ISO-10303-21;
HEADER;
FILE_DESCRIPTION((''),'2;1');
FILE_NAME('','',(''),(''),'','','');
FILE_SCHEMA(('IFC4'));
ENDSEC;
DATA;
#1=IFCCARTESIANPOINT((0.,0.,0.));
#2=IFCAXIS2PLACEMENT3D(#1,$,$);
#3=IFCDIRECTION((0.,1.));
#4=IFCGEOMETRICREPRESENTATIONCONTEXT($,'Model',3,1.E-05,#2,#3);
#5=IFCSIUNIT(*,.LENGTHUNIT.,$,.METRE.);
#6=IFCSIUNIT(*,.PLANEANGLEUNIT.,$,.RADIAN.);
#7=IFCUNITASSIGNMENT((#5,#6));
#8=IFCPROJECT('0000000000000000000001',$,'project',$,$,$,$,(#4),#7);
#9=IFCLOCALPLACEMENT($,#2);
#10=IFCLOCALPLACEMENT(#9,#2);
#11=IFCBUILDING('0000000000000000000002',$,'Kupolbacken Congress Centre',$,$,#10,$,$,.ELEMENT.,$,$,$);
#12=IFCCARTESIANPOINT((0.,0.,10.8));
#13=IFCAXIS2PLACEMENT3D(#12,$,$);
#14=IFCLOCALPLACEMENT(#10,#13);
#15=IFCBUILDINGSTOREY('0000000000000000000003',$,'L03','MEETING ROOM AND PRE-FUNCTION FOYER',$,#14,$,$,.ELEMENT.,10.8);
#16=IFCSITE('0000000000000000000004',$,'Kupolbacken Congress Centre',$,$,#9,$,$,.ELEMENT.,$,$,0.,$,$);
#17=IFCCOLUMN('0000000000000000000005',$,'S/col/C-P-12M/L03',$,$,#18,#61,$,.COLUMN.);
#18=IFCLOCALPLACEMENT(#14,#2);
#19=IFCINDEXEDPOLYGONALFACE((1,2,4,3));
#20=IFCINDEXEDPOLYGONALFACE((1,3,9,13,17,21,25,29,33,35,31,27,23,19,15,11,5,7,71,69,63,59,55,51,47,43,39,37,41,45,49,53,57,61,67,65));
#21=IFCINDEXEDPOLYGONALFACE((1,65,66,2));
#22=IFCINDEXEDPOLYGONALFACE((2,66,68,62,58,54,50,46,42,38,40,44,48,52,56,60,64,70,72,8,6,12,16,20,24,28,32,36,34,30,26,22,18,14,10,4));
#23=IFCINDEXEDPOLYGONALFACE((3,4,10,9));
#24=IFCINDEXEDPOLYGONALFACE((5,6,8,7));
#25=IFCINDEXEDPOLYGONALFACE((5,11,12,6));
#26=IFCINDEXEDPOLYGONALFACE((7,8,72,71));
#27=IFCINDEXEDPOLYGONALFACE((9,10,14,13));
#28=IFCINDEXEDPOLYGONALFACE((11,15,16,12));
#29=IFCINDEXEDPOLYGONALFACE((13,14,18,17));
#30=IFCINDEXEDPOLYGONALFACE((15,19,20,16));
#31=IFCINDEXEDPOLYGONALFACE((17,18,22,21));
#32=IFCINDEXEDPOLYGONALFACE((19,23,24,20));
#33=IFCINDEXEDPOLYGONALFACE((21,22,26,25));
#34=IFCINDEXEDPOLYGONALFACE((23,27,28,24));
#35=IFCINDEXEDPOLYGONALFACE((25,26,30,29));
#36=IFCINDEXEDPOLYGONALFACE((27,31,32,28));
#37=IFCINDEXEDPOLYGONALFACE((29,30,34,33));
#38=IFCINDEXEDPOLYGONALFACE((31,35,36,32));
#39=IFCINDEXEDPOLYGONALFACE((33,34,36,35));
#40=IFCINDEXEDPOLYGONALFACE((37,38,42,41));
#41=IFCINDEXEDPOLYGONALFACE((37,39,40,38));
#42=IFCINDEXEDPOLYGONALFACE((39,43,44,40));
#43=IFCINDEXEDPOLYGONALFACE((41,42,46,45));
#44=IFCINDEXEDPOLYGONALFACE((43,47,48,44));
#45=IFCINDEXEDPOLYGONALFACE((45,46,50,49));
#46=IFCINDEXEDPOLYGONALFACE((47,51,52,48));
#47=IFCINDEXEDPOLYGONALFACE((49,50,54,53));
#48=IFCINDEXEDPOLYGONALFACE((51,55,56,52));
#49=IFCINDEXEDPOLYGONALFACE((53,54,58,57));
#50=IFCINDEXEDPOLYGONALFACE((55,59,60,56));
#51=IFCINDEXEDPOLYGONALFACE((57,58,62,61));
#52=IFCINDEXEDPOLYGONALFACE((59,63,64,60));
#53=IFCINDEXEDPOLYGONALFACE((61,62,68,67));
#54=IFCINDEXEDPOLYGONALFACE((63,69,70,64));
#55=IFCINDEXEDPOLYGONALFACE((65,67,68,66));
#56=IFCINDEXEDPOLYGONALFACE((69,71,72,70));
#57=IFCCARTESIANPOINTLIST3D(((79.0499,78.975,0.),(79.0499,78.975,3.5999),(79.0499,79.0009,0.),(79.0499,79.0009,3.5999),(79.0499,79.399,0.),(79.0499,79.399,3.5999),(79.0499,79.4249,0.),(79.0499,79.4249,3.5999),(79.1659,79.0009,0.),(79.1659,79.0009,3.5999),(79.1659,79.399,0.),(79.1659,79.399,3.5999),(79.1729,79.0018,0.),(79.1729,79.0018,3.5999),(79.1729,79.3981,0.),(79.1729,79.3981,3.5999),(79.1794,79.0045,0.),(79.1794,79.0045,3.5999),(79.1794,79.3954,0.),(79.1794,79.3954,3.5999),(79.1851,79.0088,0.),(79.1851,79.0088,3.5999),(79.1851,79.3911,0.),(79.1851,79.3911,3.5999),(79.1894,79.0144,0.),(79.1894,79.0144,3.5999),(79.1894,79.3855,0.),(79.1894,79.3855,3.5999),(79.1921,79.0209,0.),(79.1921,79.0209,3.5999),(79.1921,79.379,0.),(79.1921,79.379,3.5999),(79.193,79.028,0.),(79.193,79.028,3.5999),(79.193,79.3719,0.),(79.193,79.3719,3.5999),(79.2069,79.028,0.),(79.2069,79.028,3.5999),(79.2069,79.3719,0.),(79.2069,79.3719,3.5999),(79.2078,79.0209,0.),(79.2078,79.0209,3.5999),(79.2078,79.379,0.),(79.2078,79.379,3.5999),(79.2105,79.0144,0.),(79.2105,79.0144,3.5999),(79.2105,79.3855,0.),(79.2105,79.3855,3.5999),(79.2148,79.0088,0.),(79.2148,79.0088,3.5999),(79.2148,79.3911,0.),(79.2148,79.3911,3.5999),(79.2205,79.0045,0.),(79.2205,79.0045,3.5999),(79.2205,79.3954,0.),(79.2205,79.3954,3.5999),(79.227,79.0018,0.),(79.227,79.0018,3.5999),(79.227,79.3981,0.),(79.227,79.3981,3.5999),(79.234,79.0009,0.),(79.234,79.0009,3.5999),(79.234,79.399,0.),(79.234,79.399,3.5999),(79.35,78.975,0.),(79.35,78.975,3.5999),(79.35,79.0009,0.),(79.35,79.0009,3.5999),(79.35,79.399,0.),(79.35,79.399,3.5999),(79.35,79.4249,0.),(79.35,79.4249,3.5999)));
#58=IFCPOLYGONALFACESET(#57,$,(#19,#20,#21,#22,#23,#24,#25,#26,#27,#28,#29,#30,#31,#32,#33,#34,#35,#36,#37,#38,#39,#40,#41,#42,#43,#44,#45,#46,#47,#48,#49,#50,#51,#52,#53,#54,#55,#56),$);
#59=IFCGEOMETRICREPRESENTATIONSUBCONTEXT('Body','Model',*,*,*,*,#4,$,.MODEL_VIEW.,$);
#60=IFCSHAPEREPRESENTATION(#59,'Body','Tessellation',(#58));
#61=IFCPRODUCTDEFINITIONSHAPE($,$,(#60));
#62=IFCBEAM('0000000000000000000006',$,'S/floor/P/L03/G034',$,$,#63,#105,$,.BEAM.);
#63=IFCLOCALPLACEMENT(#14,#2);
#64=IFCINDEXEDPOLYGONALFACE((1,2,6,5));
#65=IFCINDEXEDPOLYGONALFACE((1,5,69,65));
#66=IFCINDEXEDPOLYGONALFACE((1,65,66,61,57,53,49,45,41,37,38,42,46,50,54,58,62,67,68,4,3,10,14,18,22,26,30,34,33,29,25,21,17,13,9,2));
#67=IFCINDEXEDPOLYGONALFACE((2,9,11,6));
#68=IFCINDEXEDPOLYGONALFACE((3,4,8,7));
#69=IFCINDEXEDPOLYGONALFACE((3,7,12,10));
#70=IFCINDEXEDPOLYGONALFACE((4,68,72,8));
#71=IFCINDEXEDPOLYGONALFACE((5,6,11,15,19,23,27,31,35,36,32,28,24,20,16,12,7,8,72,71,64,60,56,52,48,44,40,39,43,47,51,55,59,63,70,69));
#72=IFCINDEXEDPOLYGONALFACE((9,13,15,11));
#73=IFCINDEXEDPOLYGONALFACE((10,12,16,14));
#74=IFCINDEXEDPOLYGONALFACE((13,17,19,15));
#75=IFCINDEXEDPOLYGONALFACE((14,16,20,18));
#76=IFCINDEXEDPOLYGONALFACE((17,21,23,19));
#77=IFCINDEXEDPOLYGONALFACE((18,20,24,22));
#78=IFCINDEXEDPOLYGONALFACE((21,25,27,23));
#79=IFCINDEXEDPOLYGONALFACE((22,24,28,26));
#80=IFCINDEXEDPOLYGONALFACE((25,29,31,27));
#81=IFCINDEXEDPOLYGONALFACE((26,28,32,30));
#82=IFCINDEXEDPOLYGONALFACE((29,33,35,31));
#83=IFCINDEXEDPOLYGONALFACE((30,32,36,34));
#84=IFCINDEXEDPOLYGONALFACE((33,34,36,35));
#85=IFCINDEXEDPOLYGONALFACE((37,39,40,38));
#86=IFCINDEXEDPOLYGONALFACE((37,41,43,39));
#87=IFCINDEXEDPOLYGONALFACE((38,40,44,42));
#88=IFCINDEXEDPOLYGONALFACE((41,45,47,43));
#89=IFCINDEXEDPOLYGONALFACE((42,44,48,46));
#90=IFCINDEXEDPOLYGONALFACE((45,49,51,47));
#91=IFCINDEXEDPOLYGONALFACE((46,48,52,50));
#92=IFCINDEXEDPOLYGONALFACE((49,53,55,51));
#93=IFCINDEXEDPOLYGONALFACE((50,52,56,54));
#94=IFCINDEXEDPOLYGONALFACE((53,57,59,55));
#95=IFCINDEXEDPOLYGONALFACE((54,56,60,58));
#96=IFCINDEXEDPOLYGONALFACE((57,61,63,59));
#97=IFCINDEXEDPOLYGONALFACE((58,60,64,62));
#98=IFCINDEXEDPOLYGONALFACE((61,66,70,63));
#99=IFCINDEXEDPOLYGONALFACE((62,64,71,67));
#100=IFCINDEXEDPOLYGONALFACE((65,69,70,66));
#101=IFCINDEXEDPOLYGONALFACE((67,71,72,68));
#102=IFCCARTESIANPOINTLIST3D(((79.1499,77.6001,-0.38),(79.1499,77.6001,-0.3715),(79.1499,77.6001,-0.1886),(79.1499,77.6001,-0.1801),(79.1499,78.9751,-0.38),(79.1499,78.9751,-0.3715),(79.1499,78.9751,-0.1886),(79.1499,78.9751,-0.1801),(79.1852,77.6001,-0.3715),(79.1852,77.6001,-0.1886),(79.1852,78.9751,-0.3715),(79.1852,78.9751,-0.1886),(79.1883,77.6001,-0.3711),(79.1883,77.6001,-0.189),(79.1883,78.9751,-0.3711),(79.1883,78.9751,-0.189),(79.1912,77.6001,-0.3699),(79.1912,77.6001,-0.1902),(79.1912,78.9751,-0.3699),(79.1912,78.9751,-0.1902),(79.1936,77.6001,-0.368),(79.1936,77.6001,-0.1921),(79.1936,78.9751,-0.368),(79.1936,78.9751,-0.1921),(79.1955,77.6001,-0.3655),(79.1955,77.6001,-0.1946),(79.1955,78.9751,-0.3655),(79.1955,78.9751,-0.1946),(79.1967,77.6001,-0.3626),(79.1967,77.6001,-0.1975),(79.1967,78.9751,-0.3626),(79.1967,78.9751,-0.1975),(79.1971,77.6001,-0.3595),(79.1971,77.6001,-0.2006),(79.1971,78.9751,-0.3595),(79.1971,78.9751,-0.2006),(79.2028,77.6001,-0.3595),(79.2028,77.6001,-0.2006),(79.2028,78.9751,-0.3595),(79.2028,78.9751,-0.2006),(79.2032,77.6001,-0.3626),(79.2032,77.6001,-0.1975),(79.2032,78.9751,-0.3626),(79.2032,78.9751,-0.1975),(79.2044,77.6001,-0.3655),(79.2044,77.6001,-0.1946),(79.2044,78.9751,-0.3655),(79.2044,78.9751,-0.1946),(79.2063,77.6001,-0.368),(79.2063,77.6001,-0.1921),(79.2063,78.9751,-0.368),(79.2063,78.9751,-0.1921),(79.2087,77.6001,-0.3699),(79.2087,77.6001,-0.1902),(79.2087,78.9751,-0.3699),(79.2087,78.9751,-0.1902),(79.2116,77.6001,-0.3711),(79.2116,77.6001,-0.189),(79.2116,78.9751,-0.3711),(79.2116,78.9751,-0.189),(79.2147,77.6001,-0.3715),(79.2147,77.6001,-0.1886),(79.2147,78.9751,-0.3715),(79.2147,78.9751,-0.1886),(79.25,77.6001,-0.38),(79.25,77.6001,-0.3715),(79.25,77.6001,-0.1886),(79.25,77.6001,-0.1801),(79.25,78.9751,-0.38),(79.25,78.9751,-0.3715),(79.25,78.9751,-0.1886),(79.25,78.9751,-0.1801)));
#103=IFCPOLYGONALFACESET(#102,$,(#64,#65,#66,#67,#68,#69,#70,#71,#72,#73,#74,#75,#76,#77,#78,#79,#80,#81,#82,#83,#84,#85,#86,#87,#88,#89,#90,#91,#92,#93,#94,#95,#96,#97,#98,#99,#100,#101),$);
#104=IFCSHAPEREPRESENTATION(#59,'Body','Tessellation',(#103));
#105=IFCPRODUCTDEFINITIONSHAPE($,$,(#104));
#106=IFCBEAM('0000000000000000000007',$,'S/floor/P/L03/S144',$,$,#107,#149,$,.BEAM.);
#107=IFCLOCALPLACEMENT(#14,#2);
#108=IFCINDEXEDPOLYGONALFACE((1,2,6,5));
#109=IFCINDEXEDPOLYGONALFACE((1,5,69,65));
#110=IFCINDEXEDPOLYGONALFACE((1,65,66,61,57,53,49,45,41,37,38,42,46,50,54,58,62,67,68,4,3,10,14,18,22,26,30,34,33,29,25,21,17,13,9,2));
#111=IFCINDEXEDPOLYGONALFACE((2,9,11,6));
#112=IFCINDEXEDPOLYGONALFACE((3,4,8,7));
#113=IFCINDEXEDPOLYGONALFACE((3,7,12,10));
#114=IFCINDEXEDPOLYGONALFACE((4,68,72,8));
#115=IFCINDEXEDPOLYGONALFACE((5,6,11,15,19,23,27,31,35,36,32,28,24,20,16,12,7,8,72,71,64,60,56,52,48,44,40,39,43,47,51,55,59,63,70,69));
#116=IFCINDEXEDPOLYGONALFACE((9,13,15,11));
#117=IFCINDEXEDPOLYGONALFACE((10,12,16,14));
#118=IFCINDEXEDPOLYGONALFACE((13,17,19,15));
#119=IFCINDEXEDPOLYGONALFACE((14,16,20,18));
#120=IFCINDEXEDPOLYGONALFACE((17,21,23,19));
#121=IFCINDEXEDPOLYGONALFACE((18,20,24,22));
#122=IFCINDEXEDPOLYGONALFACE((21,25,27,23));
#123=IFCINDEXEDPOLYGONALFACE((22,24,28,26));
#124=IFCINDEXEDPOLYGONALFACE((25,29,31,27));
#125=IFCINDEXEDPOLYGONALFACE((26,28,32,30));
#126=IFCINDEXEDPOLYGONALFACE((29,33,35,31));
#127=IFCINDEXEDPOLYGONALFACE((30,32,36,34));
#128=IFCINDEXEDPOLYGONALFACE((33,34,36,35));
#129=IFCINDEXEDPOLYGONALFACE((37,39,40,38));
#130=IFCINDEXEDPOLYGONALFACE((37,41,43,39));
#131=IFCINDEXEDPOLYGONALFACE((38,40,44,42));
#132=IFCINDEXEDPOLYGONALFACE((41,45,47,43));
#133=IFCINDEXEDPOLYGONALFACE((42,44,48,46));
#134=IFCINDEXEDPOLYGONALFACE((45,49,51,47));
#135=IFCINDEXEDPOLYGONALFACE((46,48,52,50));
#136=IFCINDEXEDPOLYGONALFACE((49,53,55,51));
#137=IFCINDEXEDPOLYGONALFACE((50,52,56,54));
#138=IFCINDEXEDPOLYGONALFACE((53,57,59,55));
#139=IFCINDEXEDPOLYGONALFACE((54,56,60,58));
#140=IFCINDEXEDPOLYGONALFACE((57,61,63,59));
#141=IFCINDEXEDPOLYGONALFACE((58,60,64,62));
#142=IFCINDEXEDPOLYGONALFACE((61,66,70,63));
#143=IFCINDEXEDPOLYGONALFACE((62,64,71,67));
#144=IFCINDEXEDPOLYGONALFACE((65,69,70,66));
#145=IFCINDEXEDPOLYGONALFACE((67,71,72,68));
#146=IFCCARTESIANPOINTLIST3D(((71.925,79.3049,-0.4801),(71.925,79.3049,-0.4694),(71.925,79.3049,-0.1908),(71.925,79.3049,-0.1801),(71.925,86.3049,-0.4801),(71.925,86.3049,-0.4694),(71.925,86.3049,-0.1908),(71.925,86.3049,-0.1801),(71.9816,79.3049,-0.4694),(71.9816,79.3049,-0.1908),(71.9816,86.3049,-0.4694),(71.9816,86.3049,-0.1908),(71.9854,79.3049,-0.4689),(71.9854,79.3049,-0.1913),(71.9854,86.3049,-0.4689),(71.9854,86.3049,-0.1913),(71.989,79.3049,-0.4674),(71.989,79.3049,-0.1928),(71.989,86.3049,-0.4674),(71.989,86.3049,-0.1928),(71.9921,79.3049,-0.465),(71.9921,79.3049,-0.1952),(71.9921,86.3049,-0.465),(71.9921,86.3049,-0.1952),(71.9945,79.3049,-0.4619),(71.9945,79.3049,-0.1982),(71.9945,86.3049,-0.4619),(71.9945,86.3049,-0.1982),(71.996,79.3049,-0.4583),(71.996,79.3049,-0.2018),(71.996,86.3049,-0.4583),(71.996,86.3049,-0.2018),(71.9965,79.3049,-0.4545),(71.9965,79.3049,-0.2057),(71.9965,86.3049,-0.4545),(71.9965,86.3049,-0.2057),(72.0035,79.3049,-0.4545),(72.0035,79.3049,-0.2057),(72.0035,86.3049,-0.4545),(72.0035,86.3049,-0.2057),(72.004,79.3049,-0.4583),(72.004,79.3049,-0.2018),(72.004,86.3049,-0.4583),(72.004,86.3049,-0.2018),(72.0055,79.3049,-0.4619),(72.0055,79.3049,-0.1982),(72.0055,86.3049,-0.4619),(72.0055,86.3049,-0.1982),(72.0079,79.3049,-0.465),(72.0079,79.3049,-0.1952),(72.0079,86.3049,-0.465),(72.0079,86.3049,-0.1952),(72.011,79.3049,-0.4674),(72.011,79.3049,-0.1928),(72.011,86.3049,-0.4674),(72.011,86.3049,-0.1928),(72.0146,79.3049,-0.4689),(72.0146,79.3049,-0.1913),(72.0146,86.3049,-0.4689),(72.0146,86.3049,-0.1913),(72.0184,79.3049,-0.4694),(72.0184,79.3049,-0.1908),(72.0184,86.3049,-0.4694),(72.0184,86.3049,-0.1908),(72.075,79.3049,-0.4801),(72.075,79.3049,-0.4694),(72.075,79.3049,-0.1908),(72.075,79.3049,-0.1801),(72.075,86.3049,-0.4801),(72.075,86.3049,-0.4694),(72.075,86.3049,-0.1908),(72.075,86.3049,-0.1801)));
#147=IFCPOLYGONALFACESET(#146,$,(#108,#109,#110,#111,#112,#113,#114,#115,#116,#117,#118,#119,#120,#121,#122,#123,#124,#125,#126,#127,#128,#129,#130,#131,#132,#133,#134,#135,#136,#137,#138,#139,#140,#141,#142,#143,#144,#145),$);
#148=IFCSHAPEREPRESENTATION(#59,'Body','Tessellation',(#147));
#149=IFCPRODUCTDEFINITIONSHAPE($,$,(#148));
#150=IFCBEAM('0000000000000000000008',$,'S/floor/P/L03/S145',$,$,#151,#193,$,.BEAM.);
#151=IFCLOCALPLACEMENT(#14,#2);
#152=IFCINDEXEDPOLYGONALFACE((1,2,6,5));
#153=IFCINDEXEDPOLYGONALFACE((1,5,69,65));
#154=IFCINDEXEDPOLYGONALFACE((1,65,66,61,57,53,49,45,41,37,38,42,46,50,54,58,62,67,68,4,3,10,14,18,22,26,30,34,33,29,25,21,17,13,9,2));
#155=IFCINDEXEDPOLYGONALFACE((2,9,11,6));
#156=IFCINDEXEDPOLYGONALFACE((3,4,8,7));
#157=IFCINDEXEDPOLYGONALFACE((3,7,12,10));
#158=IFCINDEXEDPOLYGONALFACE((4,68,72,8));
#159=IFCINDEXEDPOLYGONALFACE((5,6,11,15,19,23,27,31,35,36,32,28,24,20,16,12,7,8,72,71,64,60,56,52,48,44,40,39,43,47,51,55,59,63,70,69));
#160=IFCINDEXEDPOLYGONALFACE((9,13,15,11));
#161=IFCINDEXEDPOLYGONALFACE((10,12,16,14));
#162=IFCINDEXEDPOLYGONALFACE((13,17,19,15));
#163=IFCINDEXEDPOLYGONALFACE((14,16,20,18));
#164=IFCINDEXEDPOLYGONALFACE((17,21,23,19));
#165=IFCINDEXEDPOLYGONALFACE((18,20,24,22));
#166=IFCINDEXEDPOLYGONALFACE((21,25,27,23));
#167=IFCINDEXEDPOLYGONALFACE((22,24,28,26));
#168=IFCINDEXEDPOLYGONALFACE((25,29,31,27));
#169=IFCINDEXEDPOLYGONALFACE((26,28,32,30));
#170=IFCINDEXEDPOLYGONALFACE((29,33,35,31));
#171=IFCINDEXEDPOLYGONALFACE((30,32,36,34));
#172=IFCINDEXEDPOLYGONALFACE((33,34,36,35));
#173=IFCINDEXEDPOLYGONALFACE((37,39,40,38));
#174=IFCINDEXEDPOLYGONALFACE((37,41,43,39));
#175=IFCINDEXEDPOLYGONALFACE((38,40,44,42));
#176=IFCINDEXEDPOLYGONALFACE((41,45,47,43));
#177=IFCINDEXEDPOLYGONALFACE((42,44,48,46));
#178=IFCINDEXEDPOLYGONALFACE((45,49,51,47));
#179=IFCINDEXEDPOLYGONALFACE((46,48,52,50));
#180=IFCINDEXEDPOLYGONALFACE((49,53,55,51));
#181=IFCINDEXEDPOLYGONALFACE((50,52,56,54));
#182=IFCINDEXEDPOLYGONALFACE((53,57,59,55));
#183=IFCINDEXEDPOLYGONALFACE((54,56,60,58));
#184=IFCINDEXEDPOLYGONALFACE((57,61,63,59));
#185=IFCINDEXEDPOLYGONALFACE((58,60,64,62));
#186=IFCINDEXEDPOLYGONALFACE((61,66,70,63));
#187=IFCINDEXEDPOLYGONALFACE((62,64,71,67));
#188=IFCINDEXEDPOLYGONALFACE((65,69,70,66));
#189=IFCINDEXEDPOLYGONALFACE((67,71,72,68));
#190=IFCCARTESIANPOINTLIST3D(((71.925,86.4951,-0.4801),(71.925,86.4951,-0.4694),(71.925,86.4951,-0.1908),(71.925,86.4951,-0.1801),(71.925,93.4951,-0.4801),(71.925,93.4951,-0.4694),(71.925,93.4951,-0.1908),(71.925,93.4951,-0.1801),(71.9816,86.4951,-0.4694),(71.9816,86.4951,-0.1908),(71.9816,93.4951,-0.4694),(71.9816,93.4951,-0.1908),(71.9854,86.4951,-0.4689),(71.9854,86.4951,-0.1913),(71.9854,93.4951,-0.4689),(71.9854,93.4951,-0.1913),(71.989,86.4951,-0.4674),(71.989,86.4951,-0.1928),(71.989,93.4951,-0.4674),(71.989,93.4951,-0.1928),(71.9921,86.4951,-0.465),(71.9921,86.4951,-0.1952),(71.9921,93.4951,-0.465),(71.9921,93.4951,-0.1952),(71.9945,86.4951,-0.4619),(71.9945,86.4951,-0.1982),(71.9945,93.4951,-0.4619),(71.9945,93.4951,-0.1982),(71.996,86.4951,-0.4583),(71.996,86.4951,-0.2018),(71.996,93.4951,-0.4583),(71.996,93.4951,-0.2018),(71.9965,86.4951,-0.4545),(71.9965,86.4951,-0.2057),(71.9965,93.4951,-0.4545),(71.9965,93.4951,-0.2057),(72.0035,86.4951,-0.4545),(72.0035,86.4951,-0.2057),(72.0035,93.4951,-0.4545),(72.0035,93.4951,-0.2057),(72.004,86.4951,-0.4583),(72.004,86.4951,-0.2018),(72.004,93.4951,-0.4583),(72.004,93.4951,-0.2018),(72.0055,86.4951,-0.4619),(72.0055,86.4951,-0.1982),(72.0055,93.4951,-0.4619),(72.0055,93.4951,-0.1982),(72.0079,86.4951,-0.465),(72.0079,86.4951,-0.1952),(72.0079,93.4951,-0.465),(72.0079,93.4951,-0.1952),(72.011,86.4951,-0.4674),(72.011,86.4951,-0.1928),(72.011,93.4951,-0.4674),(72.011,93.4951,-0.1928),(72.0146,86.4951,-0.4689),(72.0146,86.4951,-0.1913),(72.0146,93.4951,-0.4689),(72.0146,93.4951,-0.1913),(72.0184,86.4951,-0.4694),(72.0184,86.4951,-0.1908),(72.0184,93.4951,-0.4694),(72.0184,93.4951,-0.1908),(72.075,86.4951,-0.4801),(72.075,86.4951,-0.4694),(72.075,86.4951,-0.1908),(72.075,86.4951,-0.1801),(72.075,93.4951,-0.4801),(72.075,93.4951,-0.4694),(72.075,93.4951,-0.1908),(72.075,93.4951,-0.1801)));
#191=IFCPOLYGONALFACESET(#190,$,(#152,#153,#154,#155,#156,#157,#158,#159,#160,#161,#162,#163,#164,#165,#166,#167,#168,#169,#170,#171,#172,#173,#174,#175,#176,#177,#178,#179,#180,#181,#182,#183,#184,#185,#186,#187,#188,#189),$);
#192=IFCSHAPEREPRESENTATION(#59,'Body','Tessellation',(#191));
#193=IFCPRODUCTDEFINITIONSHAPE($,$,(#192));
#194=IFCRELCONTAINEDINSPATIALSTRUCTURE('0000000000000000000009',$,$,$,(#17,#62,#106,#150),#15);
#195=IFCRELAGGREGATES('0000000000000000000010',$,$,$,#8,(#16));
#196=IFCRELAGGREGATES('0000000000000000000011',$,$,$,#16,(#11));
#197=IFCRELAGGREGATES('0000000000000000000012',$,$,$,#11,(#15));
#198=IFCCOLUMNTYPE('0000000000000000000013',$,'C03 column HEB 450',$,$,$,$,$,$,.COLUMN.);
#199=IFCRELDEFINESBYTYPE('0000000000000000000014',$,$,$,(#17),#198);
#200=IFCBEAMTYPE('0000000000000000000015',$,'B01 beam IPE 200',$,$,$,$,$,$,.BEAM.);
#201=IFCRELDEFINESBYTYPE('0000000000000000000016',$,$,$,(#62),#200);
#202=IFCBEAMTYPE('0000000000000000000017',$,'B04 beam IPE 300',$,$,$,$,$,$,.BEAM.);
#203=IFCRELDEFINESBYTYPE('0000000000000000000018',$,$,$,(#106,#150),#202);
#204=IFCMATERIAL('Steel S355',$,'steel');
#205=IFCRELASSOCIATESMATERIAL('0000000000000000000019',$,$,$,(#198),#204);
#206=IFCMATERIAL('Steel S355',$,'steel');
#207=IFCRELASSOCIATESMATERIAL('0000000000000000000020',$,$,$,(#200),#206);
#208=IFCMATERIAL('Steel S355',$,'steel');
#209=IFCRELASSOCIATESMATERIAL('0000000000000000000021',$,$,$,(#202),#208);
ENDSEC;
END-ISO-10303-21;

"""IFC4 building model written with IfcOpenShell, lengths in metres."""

from ifc_helpers import new_model, si_unit, direction, frame, origin, origin_2d, place, context, subcontext, project, spatial, i_section, extrude, material, material_profile, profile_set, type_object, element, save


model = new_model("IFC4")

# Units and contexts
model_context = context("Model", 3, precision=1e-05, world=origin(), true_north=direction((0.0, 1.0)))
body_context = subcontext(model_context, "Body", "Model", "MODEL_VIEW")
ifc_project = project(units=[si_unit("LENGTHUNIT", "METRE"), si_unit("PLANEANGLEUNIT", "RADIAN")], contexts=[model_context])

# Site, building, storey
site_placement = place(None, origin())
site = spatial("IfcSite", under=ifc_project, at=site_placement, Name="Kupolbacken Congress Centre", CompositionType="ELEMENT", RefElevation=0.0)
building_placement = place(site_placement, origin())
building = spatial("IfcBuilding", under=site, at=building_placement, Name="Kupolbacken Congress Centre", CompositionType="ELEMENT")
storey_placement = place(building_placement, frame((0.0, 0.0, 10.8)))
storey = spatial("IfcBuildingStorey", under=building, at=storey_placement, Name="L03", Description="MEETING ROOM AND PRE-FUNCTION FOYER", CompositionType="ELEMENT", Elevation=10.8)

# Column
ifc_material_1 = material(Name="Steel S355", Category="steel")
ifc_material_profile_1 = material_profile(ifc_material_1, i_section(OverallWidth=0.3, OverallDepth=0.45, WebThickness=0.0139, FlangeThickness=0.0259, FilletRadius=0.0271, at=origin_2d()), Name="HEB 450")
ifc_profile_set_1 = profile_set([ifc_material_profile_1], Name="Steel S355")
column_type = type_object("IfcColumnType", Name="C03 column HEB 450", PredefinedType="COLUMN", material=ifc_profile_set_1)
column_placement = place(storey_placement, frame((79.2, 79.2, 0.0), z_axis=(0.0, 0.0, 1.0), x_axis=(1.0, 0.0, 0.0)))
element("IfcColumn", 1, at=column_placement, inside=storey, type_object=column_type, Name="S/col/C-P-12M/L03", PredefinedType="COLUMN", context=body_context, shape_type="SweptSolid", body=[
    extrude(i_section(OverallWidth=0.3, OverallDepth=0.45, WebThickness=0.0139, FlangeThickness=0.0259, FilletRadius=0.0271, at=origin_2d()), origin(), (0.0, 0.0, 1.0), 3.5999),
])

# Beams
ifc_material_2 = material(Name="Steel S355", Category="steel")
ifc_material_profile_2 = material_profile(ifc_material_2, i_section(OverallWidth=0.1001, OverallDepth=0.2, WebThickness=0.0056, FlangeThickness=0.0085, FilletRadius=0.012, at=origin_2d()), Name="IPE 200")
ifc_profile_set_2 = profile_set([ifc_material_profile_2], Name="Steel S355")
beam_type_1 = type_object("IfcBeamType", Name="B01 beam IPE 200", PredefinedType="BEAM", material=ifc_profile_set_2)
beam_1_placement = place(storey_placement, frame((79.2, 77.6001, -0.28), z_axis=(0.0, 1.0, 0.0), x_axis=(-1.0, 0.0, 0.0)))
element("IfcBeam", 2, at=beam_1_placement, inside=storey, type_object=beam_type_1, Name="S/floor/P/L03/G034", PredefinedType="BEAM", context=body_context, shape_type="SweptSolid", body=[
    extrude(i_section(OverallWidth=0.1001, OverallDepth=0.2, WebThickness=0.0056, FlangeThickness=0.0085, FilletRadius=0.012, at=origin_2d()), origin(), (0.0, 0.0, 1.0), 1.375),
])
ifc_material_3 = material(Name="Steel S355", Category="steel")
ifc_material_profile_3 = material_profile(ifc_material_3, i_section(OverallWidth=0.1499, OverallDepth=0.3, WebThickness=0.0071, FlangeThickness=0.0107, FilletRadius=0.0149, at=origin_2d()), Name="IPE 300")
ifc_profile_set_3 = profile_set([ifc_material_profile_3], Name="Steel S355")
beam_type_2 = type_object("IfcBeamType", Name="B04 beam IPE 300", PredefinedType="BEAM", material=ifc_profile_set_3)
for number, where, z_axis, x_axis, name in (
    (3, (72.0, 79.3049, -0.3301), (0.0, 1.0, 0.0), (-1.0, 0.0, 0.0), "S/floor/P/L03/S144"),
    (4, (72.0, 86.4951, -0.3301), (0.0, 1.0, 0.0), (-1.0, 0.0, 0.0), "S/floor/P/L03/S145"),
):
    element("IfcBeam", number, at=place(storey_placement, frame(where, z_axis=z_axis, x_axis=x_axis)), inside=storey, type_object=beam_type_2, Name=name, PredefinedType="BEAM", context=body_context, shape_type="SweptSolid", body=[
        extrude(i_section(OverallWidth=0.1499, OverallDepth=0.3, WebThickness=0.0071, FlangeThickness=0.0107, FilletRadius=0.0149, at=origin_2d()), origin(), (0.0, 0.0, 1.0), 7.0),
    ])

save(model, "model.ifc")
